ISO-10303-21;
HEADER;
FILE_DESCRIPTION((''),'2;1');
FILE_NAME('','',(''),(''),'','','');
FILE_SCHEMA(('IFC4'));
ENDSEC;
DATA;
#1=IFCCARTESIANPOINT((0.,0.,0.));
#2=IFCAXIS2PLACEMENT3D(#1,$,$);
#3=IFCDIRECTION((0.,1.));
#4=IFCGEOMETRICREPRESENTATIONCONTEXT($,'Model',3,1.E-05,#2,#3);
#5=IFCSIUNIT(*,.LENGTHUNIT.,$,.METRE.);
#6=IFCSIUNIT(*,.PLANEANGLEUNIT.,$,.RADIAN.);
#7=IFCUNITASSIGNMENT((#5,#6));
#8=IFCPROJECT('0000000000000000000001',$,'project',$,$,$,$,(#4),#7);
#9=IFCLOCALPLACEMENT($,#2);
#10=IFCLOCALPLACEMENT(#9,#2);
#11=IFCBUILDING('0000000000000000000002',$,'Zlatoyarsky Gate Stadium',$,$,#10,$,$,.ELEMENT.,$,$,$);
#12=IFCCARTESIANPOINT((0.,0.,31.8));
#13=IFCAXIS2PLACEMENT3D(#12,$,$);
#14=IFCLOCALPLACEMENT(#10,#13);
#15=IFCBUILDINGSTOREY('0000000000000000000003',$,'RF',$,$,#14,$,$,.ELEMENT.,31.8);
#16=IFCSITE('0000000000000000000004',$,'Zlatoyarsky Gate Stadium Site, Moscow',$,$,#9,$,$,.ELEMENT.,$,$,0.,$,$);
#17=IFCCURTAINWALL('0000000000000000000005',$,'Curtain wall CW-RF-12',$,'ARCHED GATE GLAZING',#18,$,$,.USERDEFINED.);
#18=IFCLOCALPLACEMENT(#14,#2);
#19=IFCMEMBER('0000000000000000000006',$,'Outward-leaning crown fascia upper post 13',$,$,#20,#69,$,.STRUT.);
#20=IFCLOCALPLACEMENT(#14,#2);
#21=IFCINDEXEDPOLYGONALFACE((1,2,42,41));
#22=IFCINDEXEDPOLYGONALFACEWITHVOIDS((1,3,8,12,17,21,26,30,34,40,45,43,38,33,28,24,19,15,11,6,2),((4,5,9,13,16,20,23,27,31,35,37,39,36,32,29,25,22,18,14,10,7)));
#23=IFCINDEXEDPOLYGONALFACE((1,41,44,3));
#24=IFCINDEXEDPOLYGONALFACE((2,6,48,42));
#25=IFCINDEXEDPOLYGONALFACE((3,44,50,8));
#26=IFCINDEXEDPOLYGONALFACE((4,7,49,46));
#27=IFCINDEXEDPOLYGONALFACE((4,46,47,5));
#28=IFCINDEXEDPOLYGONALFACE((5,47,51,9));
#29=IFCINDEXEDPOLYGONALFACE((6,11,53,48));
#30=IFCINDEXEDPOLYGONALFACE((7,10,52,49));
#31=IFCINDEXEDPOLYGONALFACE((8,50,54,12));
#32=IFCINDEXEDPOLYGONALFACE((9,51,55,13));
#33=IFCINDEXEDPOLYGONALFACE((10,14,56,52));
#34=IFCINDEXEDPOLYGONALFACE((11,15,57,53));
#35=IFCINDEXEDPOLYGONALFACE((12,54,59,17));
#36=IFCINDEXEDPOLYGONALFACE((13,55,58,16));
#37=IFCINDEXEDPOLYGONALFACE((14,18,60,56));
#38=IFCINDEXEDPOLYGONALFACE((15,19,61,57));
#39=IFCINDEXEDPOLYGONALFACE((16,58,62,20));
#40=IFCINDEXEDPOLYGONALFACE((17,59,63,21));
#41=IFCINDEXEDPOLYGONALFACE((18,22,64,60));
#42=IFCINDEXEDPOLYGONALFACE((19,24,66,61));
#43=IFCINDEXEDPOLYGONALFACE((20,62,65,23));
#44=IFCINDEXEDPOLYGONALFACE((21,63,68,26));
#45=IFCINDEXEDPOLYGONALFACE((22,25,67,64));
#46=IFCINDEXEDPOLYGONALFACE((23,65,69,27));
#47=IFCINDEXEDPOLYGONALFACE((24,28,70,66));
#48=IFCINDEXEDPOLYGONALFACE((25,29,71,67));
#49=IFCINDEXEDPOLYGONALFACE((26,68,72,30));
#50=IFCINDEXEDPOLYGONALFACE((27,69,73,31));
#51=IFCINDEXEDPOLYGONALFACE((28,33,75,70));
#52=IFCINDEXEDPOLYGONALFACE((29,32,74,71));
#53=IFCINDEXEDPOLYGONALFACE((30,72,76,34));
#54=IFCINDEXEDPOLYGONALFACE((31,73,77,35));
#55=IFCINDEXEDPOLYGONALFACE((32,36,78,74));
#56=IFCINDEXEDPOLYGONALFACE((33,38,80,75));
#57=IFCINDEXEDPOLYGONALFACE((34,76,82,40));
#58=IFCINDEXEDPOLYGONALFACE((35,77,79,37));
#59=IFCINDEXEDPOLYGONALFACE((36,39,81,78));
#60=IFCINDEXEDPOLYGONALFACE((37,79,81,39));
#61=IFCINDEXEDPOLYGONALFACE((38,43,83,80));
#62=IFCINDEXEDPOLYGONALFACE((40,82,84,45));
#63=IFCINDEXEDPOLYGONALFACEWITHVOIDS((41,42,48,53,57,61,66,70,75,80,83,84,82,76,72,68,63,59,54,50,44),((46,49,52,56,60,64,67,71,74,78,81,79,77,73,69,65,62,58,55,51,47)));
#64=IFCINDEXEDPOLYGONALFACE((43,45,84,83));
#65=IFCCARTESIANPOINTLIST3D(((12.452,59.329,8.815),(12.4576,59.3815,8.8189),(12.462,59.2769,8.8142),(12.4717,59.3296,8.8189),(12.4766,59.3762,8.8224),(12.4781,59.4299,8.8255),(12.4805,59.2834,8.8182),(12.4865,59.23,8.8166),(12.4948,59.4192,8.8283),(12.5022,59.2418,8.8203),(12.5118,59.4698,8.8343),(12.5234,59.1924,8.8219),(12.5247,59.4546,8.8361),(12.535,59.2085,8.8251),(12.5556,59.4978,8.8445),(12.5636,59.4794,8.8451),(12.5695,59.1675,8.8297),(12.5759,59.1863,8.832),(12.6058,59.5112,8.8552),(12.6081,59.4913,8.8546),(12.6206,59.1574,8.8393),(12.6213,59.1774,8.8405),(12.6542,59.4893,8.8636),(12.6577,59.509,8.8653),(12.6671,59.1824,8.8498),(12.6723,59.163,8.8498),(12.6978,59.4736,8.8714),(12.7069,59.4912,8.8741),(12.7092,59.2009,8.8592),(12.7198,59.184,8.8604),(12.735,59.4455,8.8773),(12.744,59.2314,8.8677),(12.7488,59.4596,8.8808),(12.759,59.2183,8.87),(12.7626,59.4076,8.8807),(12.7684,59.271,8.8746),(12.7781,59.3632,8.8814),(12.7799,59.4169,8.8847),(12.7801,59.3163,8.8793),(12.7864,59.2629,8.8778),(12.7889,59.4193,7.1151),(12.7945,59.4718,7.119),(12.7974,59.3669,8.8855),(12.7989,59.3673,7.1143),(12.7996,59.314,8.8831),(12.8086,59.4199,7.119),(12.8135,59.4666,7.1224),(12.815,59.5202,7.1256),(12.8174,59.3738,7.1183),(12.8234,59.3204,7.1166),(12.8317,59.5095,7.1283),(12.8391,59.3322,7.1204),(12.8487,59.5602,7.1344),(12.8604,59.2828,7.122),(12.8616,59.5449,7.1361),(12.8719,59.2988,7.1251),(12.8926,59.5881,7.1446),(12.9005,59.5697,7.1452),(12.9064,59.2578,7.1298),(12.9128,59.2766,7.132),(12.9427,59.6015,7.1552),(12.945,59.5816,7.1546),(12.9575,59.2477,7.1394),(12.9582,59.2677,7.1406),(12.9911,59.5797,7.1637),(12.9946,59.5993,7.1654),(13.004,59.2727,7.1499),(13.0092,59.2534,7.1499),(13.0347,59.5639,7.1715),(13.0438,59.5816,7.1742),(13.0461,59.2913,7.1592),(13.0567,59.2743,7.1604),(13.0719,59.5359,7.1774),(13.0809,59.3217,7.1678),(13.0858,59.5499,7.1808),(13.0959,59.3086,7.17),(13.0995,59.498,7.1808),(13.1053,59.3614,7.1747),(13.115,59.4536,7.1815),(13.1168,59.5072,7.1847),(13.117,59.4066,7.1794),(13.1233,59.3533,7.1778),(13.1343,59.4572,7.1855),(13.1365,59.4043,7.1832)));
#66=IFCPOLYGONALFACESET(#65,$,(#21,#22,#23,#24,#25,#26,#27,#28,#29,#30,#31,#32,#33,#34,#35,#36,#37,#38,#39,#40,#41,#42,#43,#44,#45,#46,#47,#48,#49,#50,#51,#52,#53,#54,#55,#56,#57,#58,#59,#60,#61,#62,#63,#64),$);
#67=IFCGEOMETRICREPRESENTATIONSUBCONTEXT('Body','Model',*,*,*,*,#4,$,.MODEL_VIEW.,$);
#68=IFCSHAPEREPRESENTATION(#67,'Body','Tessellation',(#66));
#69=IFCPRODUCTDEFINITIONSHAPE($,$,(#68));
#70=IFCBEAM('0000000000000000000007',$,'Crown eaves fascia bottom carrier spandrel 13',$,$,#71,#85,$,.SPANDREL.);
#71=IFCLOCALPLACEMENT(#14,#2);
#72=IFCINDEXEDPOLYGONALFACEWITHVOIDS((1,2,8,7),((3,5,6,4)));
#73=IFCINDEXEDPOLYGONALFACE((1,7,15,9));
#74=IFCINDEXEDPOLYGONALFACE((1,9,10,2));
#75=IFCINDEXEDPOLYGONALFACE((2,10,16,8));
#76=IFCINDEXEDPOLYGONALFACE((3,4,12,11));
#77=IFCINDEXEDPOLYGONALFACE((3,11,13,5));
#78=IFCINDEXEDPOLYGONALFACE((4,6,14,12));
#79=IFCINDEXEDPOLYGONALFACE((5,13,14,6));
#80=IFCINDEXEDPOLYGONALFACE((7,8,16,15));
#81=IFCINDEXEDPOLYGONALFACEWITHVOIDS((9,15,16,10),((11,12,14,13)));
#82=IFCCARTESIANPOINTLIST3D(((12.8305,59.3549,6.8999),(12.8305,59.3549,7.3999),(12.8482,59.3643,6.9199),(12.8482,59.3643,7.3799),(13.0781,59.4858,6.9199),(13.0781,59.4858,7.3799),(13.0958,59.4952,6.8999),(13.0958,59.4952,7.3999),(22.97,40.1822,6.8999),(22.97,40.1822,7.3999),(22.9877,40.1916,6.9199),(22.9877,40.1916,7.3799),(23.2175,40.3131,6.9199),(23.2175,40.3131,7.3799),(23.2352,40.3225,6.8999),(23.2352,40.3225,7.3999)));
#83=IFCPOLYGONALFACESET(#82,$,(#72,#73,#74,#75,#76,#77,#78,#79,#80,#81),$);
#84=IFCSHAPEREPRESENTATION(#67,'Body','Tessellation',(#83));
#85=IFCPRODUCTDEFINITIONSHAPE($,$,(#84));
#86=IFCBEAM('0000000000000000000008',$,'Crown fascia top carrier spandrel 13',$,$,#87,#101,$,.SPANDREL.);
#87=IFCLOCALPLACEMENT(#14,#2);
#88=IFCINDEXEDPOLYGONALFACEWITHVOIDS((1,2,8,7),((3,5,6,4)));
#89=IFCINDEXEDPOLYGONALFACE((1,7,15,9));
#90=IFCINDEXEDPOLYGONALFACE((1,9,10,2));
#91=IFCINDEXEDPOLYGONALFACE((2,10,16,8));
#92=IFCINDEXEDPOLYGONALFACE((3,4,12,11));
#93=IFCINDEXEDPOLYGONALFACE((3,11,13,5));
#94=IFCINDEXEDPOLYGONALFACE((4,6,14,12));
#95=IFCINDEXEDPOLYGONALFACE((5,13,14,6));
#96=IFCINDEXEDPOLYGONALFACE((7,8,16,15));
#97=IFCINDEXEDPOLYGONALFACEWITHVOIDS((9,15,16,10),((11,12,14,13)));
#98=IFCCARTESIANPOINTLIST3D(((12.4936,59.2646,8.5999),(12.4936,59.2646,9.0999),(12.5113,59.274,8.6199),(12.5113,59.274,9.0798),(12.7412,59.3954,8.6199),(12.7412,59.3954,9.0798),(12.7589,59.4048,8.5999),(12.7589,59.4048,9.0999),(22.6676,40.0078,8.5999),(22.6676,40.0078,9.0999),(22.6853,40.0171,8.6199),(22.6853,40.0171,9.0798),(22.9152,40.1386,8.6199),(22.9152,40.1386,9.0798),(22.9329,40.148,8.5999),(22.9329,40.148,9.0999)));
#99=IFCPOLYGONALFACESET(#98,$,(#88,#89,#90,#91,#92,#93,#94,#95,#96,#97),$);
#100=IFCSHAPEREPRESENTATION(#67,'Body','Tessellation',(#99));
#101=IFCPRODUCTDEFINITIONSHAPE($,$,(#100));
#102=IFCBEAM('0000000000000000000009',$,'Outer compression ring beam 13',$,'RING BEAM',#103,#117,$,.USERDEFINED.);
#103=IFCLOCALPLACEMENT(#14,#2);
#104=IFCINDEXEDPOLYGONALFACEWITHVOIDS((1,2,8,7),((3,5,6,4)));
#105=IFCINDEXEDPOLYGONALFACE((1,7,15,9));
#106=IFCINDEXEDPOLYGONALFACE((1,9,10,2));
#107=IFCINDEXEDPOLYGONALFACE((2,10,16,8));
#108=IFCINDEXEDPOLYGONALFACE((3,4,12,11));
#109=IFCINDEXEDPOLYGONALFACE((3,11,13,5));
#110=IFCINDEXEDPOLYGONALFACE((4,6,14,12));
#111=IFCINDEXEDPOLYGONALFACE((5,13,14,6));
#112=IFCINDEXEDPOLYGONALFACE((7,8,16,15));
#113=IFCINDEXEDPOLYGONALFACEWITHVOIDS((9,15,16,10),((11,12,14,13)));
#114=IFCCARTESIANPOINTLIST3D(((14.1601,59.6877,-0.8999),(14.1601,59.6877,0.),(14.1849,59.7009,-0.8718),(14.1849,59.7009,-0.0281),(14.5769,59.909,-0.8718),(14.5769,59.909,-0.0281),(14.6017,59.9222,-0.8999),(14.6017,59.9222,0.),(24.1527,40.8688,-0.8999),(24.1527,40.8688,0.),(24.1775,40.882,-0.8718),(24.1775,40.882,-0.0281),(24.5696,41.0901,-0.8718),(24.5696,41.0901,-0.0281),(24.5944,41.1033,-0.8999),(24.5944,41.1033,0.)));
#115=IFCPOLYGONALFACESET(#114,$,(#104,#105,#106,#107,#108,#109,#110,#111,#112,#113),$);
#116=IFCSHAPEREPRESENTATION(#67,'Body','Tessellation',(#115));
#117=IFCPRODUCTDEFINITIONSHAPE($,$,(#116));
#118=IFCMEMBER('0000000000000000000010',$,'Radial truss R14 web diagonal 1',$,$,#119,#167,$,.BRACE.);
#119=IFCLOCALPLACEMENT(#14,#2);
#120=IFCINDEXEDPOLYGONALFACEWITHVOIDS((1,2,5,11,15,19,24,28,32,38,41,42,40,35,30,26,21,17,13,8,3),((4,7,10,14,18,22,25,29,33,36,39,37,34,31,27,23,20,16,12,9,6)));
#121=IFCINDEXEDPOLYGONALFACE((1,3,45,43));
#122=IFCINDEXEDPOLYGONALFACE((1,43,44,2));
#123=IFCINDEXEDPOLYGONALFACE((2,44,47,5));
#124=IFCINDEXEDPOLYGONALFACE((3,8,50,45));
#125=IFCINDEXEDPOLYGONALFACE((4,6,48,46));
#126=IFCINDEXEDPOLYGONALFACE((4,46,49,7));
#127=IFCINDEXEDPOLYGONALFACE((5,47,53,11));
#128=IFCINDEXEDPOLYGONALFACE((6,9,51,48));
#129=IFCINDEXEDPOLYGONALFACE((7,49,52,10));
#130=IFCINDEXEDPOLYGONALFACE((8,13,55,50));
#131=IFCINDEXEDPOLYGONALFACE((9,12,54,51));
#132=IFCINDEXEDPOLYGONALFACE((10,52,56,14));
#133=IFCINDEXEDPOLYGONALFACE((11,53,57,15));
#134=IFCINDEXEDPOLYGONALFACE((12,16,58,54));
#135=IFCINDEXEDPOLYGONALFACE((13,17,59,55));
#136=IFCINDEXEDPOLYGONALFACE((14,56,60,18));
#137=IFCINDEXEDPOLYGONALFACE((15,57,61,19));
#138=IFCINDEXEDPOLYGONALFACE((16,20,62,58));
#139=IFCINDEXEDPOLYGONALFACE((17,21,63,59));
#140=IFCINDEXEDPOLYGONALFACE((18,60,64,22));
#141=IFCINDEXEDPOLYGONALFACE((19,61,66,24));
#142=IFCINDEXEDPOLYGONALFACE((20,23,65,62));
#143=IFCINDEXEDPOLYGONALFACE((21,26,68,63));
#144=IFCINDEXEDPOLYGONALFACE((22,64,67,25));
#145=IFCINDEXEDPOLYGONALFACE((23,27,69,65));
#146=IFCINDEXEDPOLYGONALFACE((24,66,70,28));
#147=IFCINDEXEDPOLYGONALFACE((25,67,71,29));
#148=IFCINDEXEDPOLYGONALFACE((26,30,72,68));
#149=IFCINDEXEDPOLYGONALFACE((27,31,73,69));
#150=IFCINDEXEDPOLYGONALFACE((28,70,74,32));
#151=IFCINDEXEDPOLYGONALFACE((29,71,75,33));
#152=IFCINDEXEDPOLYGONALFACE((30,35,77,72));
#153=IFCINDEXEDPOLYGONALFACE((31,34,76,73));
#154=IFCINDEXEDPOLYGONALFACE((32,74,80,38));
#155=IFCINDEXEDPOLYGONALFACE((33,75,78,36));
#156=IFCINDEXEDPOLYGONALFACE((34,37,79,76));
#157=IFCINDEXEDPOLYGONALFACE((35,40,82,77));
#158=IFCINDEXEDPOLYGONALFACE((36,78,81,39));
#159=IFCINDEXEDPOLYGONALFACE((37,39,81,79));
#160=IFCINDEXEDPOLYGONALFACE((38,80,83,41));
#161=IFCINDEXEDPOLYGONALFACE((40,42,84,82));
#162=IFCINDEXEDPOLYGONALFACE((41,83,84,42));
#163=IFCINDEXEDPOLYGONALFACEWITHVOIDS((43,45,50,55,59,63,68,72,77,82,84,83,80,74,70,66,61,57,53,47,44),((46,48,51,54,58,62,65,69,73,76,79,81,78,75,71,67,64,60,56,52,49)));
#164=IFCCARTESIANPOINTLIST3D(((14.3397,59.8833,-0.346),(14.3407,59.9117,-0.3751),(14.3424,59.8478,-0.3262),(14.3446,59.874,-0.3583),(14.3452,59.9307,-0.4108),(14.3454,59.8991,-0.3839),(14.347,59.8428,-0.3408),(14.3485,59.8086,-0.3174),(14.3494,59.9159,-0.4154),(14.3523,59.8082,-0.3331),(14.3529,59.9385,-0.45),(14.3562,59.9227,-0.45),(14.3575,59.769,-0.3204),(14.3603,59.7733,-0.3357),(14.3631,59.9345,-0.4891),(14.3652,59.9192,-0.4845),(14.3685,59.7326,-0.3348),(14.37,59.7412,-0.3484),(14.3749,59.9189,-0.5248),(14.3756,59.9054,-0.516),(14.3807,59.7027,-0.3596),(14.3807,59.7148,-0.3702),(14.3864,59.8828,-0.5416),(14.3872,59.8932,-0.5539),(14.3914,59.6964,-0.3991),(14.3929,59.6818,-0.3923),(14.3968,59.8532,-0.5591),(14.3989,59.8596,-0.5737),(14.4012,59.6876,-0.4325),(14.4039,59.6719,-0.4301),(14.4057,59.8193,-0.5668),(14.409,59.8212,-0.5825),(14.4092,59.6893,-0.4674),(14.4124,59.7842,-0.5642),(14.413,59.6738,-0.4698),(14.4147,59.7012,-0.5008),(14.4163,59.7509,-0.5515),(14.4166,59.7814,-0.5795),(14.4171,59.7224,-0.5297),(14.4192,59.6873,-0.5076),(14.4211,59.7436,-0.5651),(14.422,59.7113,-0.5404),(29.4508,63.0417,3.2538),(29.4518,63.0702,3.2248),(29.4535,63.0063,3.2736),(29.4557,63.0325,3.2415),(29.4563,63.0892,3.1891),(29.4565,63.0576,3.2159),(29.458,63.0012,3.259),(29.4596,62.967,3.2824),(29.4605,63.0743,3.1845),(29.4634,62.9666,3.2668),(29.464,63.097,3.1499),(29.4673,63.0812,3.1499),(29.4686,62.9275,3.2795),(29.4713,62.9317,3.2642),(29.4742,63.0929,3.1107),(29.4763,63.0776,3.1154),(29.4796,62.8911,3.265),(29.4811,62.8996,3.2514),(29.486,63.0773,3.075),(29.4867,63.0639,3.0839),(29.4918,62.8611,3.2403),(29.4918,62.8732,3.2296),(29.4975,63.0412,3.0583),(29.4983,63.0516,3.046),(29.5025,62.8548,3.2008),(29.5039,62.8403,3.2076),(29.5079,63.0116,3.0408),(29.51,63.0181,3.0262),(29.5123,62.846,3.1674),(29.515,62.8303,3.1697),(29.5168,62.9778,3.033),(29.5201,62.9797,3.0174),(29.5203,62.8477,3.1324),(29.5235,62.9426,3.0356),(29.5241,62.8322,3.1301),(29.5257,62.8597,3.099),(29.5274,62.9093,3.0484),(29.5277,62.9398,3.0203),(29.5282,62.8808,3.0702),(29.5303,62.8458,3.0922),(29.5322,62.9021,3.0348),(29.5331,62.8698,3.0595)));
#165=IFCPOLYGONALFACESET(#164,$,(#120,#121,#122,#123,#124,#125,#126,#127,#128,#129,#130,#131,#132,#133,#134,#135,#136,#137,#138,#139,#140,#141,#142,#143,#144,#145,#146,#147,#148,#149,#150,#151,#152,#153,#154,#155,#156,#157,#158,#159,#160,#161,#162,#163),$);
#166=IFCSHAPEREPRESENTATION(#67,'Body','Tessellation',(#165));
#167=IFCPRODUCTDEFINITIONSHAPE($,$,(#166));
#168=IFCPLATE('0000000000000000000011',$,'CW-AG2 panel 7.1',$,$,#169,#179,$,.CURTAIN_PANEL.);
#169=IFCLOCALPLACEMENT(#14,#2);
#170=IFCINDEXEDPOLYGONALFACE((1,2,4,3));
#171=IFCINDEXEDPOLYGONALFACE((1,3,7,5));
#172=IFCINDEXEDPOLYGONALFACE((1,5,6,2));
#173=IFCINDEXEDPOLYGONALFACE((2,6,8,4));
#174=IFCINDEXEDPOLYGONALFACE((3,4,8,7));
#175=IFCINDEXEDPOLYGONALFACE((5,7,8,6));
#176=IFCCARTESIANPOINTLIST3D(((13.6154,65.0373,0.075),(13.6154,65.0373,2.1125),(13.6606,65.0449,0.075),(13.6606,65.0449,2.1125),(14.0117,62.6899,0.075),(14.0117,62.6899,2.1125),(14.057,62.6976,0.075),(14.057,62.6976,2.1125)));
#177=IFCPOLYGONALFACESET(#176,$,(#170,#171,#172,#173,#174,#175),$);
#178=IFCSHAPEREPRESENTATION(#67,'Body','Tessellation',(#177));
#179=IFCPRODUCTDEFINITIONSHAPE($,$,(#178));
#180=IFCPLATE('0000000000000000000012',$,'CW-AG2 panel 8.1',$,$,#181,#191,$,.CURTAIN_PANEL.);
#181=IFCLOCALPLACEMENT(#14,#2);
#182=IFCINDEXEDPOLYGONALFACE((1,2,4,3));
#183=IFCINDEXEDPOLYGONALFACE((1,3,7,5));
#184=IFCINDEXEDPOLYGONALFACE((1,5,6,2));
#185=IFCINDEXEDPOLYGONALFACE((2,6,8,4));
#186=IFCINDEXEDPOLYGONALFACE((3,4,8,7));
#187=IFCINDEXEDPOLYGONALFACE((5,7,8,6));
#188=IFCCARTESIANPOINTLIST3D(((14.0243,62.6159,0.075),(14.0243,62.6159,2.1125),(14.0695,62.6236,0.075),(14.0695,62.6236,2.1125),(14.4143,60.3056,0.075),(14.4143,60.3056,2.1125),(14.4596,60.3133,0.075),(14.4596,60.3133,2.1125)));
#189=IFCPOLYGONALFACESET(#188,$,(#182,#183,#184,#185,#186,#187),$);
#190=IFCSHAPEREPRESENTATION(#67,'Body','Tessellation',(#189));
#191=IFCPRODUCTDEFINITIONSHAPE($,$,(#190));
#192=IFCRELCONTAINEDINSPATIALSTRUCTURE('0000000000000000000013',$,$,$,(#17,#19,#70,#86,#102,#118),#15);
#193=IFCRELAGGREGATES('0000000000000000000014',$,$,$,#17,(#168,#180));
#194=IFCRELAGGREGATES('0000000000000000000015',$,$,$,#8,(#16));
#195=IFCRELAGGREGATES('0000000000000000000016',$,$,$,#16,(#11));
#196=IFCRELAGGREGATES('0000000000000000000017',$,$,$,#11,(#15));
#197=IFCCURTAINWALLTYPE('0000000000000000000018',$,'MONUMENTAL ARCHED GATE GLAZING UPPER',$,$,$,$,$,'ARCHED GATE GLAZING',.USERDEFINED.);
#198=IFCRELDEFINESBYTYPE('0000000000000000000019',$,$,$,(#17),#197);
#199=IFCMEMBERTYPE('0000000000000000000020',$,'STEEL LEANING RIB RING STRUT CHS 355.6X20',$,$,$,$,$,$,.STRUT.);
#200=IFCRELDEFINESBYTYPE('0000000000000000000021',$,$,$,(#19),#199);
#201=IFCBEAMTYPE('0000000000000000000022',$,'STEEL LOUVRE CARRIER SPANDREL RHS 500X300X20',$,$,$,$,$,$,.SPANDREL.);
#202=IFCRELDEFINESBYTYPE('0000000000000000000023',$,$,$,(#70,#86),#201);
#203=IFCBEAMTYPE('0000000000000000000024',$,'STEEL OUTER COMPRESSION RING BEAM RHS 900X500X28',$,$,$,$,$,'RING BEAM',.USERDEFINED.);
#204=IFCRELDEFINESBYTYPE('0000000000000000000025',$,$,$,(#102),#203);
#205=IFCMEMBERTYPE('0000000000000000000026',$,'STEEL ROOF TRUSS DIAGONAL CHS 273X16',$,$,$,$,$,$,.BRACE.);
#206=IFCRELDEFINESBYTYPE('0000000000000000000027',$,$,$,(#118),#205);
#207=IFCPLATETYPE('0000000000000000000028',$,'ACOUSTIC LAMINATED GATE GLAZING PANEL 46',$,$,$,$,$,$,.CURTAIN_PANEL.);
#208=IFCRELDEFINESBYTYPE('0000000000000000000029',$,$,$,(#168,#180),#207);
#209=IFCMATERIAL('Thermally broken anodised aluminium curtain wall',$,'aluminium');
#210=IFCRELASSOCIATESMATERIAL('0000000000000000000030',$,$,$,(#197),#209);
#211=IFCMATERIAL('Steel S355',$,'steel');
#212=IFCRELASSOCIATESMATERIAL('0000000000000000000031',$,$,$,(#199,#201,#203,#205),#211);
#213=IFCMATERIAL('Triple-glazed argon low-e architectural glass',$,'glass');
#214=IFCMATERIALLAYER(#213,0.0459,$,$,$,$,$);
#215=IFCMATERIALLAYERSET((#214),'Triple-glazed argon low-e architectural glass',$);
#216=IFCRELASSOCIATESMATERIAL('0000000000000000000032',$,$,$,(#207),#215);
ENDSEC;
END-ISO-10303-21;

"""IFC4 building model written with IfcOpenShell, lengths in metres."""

from ifc_helpers import new_model, si_unit, direction, frame, origin, origin_2d, place, context, subcontext, project, spatial, rectangle, hollow_rectangle, hollow_circle, extrude, material, layer, layer_set, material_profile, profile_set, type_object, element, aggregate, save


model = new_model("IFC4")

# Units and contexts
model_context = context("Model", 3, precision=1e-05, world=origin(), true_north=direction((0.0, 1.0)))
body_context = subcontext(model_context, "Body", "Model", "MODEL_VIEW")
ifc_project = project(units=[si_unit("LENGTHUNIT", "METRE"), si_unit("PLANEANGLEUNIT", "RADIAN")], contexts=[model_context])

# Site, building, storey
site_placement = place(None, origin())
site = spatial("IfcSite", under=ifc_project, at=site_placement, Name="Zlatoyarsky Gate Stadium Site, Moscow", CompositionType="ELEMENT", RefElevation=0.0)
building_placement = place(site_placement, origin())
building = spatial("IfcBuilding", under=site, at=building_placement, Name="Zlatoyarsky Gate Stadium", CompositionType="ELEMENT")
storey_placement = place(building_placement, frame((0.0, 0.0, 31.8)))
storey = spatial("IfcBuildingStorey", under=building, at=storey_placement, Name="RF", CompositionType="ELEMENT", Elevation=31.8)

# Curtain wall
ifc_material_1 = material(Name="Thermally broken anodised aluminium curtain wall", Category="aluminium")
curtain_wall_type = type_object("IfcCurtainWallType", Name="MONUMENTAL ARCHED GATE GLAZING UPPER", ElementType="ARCHED GATE GLAZING", PredefinedType="USERDEFINED", material=ifc_material_1)
curtain_wall_placement = place(storey_placement, origin())
curtain_wall = element("IfcCurtainWall", 1, at=curtain_wall_placement, inside=storey, type_object=curtain_wall_type, Name="Curtain wall CW-RF-12", ObjectType="ARCHED GATE GLAZING", PredefinedType="USERDEFINED")

# Member
ifc_material_2 = material(Name="Steel S355", Category="steel")
ifc_material_profile_1 = material_profile(ifc_material_2, hollow_circle(Radius=0.1777, WallThickness=0.02, at=origin_2d()), Name="CHS 355.6X20")
ifc_profile_set_1 = profile_set([ifc_material_profile_1], Name="Steel S355")
member_type_1 = type_object("IfcMemberType", Name="STEEL LEANING RIB RING STRUT CHS 355.6X20", PredefinedType="STRUT", material=ifc_profile_set_1)
member_1_placement = place(storey_placement, frame((12.9631, 59.425, 7.1499), z_axis=(-0.194146, -0.052054, 0.979591), x_axis=(0.258969, -0.965886, 0.0)))
element("IfcMember", 2, at=member_1_placement, inside=storey, type_object=member_type_1, Name="Outward-leaning crown fascia upper post 13", PredefinedType="STRUT", context=body_context, shape_type="SweptSolid", body=[
    extrude(hollow_circle(Radius=0.1777, WallThickness=0.02, at=origin_2d()), origin(), (0.0, 0.0, 1.0), 1.7354),
])

# Beams
ifc_material_profile_2 = material_profile(ifc_material_2, hollow_rectangle(XDim=0.3, YDim=0.5, WallThickness=0.02, at=origin_2d()), Name="RHS 500X300X20")
ifc_profile_set_2 = profile_set([ifc_material_profile_2], Name="Steel S355")
beam_type_1 = type_object("IfcBeamType", Name="STEEL LOUVRE CARRIER SPANDREL RHS 500X300X20", PredefinedType="SPANDREL", material=ifc_profile_set_2)
beam_1_placement = place(storey_placement, frame((12.9631, 59.425, 7.1499), z_axis=(0.467499, -0.883994, 0.0), x_axis=(0.883994, 0.467499, 0.0)))
element("IfcBeam", 3, at=beam_1_placement, inside=storey, type_object=beam_type_1, Name="Crown eaves fascia bottom carrier spandrel 13", PredefinedType="SPANDREL", context=body_context, shape_type="SweptSolid", body=[
    extrude(hollow_rectangle(XDim=0.3, YDim=0.5, WallThickness=0.02, at=origin_2d()), origin(), (0.0, 0.0, 1.0), 21.6887),
])
beam_2_placement = place(storey_placement, frame((12.6262, 59.3347, 8.8499), z_axis=(0.467144, -0.884181, 0.0), x_axis=(0.884181, 0.467144, 0.0)))
element("IfcBeam", 4, at=beam_2_placement, inside=storey, type_object=beam_type_1, Name="Crown fascia top carrier spandrel 13", PredefinedType="SPANDREL", context=body_context, shape_type="SweptSolid", body=[
    extrude(hollow_rectangle(XDim=0.3, YDim=0.5, WallThickness=0.02, at=origin_2d()), origin(), (0.0, 0.0, 1.0), 21.7793),
])
ifc_material_profile_3 = material_profile(ifc_material_2, hollow_rectangle(XDim=0.5, YDim=0.8999, WallThickness=0.0281, at=origin_2d()), Name="RHS 900X500X28")
ifc_profile_set_3 = profile_set([ifc_material_profile_3], Name="Steel S355")
beam_type_2 = type_object("IfcBeamType", Name="STEEL OUTER COMPRESSION RING BEAM RHS 900X500X28", ElementType="RING BEAM", PredefinedType="USERDEFINED", material=ifc_profile_set_3)
beam_3_placement = place(storey_placement, frame((14.3809, 59.8049, -0.45), z_axis=(0.468978, -0.88321, 0.0), x_axis=(0.88321, 0.468978, 0.0)))
element("IfcBeam", 5, at=beam_3_placement, inside=storey, type_object=beam_type_2, Name="Outer compression ring beam 13", ObjectType="RING BEAM", PredefinedType="USERDEFINED", context=body_context, shape_type="SweptSolid", body=[
    extrude(hollow_rectangle(XDim=0.5, YDim=0.8999, WallThickness=0.0281, at=origin_2d()), origin(), (0.0, 0.0, 1.0), 21.3074),
])

# Member
ifc_material_profile_4 = material_profile(ifc_material_2, hollow_circle(Radius=0.1365, WallThickness=0.0161, at=origin_2d()), Name="CHS 273X16")
ifc_profile_set_4 = profile_set([ifc_material_profile_4], Name="Steel S355")
member_type_2 = type_object("IfcMemberType", Name="STEEL ROOF TRUSS DIAGONAL CHS 273X16", PredefinedType="BRACE", material=ifc_profile_set_4)
member_2_placement = place(storey_placement, frame((14.3809, 59.8049, -0.45), z_axis=(0.953272, 0.199248, 0.227094), x_axis=(-0.204594, 0.978847, 0.0)))
element("IfcMember", 6, at=member_2_placement, inside=storey, type_object=member_type_2, Name="Radial truss R14 web diagonal 1", PredefinedType="BRACE", context=body_context, shape_type="SweptSolid", body=[
    extrude(hollow_circle(Radius=0.1365, WallThickness=0.0161, at=origin_2d()), origin(), (0.0, 0.0, 1.0), 15.8518),
])

# Plates
ifc_material_3 = material(Name="Triple-glazed argon low-e architectural glass", Category="glass")
ifc_layer_1 = layer(ifc_material_3, 0.0459)
ifc_layer_set_1 = layer_set([ifc_layer_1], Name="Triple-glazed argon low-e architectural glass")
plate_type_1 = type_object("IfcPlateType", Name="ACOUSTIC LAMINATED GATE GLAZING PANEL 46", PredefinedType="CURTAIN_PANEL", material=ifc_layer_set_1)
plate_1_placement = place(storey_placement, frame((13.8362, 63.8674, 0.075), z_axis=(0.0, 0.0, 1.0), x_axis=(0.166482, -0.986044, 0.0)))
plate_1 = element("IfcPlate", 7, at=plate_1_placement, type_object=plate_type_1, Name="CW-AG2 panel 7.1", PredefinedType="CURTAIN_PANEL", context=body_context, shape_type="SweptSolid", body=[
    extrude(rectangle(XDim=2.3806, YDim=0.0459, at=origin_2d()), origin(), (0.0, 0.0, 1.0), 2.0376),
])
plate_2_placement = place(storey_placement, frame((14.2419, 61.4646, 0.075), z_axis=(0.0, 0.0, 1.0), x_axis=(0.166482, -0.986044, 0.0)))
plate_2 = element("IfcPlate", 8, at=plate_2_placement, type_object=plate_type_1, Name="CW-AG2 panel 8.1", PredefinedType="CURTAIN_PANEL", context=body_context, shape_type="SweptSolid", body=[
    extrude(rectangle(XDim=2.343, YDim=0.0459, at=origin_2d()), origin(), (0.0, 0.0, 1.0), 2.0376),
])
aggregate(curtain_wall, [plate_1, plate_2])

save(model, "model.ifc")
